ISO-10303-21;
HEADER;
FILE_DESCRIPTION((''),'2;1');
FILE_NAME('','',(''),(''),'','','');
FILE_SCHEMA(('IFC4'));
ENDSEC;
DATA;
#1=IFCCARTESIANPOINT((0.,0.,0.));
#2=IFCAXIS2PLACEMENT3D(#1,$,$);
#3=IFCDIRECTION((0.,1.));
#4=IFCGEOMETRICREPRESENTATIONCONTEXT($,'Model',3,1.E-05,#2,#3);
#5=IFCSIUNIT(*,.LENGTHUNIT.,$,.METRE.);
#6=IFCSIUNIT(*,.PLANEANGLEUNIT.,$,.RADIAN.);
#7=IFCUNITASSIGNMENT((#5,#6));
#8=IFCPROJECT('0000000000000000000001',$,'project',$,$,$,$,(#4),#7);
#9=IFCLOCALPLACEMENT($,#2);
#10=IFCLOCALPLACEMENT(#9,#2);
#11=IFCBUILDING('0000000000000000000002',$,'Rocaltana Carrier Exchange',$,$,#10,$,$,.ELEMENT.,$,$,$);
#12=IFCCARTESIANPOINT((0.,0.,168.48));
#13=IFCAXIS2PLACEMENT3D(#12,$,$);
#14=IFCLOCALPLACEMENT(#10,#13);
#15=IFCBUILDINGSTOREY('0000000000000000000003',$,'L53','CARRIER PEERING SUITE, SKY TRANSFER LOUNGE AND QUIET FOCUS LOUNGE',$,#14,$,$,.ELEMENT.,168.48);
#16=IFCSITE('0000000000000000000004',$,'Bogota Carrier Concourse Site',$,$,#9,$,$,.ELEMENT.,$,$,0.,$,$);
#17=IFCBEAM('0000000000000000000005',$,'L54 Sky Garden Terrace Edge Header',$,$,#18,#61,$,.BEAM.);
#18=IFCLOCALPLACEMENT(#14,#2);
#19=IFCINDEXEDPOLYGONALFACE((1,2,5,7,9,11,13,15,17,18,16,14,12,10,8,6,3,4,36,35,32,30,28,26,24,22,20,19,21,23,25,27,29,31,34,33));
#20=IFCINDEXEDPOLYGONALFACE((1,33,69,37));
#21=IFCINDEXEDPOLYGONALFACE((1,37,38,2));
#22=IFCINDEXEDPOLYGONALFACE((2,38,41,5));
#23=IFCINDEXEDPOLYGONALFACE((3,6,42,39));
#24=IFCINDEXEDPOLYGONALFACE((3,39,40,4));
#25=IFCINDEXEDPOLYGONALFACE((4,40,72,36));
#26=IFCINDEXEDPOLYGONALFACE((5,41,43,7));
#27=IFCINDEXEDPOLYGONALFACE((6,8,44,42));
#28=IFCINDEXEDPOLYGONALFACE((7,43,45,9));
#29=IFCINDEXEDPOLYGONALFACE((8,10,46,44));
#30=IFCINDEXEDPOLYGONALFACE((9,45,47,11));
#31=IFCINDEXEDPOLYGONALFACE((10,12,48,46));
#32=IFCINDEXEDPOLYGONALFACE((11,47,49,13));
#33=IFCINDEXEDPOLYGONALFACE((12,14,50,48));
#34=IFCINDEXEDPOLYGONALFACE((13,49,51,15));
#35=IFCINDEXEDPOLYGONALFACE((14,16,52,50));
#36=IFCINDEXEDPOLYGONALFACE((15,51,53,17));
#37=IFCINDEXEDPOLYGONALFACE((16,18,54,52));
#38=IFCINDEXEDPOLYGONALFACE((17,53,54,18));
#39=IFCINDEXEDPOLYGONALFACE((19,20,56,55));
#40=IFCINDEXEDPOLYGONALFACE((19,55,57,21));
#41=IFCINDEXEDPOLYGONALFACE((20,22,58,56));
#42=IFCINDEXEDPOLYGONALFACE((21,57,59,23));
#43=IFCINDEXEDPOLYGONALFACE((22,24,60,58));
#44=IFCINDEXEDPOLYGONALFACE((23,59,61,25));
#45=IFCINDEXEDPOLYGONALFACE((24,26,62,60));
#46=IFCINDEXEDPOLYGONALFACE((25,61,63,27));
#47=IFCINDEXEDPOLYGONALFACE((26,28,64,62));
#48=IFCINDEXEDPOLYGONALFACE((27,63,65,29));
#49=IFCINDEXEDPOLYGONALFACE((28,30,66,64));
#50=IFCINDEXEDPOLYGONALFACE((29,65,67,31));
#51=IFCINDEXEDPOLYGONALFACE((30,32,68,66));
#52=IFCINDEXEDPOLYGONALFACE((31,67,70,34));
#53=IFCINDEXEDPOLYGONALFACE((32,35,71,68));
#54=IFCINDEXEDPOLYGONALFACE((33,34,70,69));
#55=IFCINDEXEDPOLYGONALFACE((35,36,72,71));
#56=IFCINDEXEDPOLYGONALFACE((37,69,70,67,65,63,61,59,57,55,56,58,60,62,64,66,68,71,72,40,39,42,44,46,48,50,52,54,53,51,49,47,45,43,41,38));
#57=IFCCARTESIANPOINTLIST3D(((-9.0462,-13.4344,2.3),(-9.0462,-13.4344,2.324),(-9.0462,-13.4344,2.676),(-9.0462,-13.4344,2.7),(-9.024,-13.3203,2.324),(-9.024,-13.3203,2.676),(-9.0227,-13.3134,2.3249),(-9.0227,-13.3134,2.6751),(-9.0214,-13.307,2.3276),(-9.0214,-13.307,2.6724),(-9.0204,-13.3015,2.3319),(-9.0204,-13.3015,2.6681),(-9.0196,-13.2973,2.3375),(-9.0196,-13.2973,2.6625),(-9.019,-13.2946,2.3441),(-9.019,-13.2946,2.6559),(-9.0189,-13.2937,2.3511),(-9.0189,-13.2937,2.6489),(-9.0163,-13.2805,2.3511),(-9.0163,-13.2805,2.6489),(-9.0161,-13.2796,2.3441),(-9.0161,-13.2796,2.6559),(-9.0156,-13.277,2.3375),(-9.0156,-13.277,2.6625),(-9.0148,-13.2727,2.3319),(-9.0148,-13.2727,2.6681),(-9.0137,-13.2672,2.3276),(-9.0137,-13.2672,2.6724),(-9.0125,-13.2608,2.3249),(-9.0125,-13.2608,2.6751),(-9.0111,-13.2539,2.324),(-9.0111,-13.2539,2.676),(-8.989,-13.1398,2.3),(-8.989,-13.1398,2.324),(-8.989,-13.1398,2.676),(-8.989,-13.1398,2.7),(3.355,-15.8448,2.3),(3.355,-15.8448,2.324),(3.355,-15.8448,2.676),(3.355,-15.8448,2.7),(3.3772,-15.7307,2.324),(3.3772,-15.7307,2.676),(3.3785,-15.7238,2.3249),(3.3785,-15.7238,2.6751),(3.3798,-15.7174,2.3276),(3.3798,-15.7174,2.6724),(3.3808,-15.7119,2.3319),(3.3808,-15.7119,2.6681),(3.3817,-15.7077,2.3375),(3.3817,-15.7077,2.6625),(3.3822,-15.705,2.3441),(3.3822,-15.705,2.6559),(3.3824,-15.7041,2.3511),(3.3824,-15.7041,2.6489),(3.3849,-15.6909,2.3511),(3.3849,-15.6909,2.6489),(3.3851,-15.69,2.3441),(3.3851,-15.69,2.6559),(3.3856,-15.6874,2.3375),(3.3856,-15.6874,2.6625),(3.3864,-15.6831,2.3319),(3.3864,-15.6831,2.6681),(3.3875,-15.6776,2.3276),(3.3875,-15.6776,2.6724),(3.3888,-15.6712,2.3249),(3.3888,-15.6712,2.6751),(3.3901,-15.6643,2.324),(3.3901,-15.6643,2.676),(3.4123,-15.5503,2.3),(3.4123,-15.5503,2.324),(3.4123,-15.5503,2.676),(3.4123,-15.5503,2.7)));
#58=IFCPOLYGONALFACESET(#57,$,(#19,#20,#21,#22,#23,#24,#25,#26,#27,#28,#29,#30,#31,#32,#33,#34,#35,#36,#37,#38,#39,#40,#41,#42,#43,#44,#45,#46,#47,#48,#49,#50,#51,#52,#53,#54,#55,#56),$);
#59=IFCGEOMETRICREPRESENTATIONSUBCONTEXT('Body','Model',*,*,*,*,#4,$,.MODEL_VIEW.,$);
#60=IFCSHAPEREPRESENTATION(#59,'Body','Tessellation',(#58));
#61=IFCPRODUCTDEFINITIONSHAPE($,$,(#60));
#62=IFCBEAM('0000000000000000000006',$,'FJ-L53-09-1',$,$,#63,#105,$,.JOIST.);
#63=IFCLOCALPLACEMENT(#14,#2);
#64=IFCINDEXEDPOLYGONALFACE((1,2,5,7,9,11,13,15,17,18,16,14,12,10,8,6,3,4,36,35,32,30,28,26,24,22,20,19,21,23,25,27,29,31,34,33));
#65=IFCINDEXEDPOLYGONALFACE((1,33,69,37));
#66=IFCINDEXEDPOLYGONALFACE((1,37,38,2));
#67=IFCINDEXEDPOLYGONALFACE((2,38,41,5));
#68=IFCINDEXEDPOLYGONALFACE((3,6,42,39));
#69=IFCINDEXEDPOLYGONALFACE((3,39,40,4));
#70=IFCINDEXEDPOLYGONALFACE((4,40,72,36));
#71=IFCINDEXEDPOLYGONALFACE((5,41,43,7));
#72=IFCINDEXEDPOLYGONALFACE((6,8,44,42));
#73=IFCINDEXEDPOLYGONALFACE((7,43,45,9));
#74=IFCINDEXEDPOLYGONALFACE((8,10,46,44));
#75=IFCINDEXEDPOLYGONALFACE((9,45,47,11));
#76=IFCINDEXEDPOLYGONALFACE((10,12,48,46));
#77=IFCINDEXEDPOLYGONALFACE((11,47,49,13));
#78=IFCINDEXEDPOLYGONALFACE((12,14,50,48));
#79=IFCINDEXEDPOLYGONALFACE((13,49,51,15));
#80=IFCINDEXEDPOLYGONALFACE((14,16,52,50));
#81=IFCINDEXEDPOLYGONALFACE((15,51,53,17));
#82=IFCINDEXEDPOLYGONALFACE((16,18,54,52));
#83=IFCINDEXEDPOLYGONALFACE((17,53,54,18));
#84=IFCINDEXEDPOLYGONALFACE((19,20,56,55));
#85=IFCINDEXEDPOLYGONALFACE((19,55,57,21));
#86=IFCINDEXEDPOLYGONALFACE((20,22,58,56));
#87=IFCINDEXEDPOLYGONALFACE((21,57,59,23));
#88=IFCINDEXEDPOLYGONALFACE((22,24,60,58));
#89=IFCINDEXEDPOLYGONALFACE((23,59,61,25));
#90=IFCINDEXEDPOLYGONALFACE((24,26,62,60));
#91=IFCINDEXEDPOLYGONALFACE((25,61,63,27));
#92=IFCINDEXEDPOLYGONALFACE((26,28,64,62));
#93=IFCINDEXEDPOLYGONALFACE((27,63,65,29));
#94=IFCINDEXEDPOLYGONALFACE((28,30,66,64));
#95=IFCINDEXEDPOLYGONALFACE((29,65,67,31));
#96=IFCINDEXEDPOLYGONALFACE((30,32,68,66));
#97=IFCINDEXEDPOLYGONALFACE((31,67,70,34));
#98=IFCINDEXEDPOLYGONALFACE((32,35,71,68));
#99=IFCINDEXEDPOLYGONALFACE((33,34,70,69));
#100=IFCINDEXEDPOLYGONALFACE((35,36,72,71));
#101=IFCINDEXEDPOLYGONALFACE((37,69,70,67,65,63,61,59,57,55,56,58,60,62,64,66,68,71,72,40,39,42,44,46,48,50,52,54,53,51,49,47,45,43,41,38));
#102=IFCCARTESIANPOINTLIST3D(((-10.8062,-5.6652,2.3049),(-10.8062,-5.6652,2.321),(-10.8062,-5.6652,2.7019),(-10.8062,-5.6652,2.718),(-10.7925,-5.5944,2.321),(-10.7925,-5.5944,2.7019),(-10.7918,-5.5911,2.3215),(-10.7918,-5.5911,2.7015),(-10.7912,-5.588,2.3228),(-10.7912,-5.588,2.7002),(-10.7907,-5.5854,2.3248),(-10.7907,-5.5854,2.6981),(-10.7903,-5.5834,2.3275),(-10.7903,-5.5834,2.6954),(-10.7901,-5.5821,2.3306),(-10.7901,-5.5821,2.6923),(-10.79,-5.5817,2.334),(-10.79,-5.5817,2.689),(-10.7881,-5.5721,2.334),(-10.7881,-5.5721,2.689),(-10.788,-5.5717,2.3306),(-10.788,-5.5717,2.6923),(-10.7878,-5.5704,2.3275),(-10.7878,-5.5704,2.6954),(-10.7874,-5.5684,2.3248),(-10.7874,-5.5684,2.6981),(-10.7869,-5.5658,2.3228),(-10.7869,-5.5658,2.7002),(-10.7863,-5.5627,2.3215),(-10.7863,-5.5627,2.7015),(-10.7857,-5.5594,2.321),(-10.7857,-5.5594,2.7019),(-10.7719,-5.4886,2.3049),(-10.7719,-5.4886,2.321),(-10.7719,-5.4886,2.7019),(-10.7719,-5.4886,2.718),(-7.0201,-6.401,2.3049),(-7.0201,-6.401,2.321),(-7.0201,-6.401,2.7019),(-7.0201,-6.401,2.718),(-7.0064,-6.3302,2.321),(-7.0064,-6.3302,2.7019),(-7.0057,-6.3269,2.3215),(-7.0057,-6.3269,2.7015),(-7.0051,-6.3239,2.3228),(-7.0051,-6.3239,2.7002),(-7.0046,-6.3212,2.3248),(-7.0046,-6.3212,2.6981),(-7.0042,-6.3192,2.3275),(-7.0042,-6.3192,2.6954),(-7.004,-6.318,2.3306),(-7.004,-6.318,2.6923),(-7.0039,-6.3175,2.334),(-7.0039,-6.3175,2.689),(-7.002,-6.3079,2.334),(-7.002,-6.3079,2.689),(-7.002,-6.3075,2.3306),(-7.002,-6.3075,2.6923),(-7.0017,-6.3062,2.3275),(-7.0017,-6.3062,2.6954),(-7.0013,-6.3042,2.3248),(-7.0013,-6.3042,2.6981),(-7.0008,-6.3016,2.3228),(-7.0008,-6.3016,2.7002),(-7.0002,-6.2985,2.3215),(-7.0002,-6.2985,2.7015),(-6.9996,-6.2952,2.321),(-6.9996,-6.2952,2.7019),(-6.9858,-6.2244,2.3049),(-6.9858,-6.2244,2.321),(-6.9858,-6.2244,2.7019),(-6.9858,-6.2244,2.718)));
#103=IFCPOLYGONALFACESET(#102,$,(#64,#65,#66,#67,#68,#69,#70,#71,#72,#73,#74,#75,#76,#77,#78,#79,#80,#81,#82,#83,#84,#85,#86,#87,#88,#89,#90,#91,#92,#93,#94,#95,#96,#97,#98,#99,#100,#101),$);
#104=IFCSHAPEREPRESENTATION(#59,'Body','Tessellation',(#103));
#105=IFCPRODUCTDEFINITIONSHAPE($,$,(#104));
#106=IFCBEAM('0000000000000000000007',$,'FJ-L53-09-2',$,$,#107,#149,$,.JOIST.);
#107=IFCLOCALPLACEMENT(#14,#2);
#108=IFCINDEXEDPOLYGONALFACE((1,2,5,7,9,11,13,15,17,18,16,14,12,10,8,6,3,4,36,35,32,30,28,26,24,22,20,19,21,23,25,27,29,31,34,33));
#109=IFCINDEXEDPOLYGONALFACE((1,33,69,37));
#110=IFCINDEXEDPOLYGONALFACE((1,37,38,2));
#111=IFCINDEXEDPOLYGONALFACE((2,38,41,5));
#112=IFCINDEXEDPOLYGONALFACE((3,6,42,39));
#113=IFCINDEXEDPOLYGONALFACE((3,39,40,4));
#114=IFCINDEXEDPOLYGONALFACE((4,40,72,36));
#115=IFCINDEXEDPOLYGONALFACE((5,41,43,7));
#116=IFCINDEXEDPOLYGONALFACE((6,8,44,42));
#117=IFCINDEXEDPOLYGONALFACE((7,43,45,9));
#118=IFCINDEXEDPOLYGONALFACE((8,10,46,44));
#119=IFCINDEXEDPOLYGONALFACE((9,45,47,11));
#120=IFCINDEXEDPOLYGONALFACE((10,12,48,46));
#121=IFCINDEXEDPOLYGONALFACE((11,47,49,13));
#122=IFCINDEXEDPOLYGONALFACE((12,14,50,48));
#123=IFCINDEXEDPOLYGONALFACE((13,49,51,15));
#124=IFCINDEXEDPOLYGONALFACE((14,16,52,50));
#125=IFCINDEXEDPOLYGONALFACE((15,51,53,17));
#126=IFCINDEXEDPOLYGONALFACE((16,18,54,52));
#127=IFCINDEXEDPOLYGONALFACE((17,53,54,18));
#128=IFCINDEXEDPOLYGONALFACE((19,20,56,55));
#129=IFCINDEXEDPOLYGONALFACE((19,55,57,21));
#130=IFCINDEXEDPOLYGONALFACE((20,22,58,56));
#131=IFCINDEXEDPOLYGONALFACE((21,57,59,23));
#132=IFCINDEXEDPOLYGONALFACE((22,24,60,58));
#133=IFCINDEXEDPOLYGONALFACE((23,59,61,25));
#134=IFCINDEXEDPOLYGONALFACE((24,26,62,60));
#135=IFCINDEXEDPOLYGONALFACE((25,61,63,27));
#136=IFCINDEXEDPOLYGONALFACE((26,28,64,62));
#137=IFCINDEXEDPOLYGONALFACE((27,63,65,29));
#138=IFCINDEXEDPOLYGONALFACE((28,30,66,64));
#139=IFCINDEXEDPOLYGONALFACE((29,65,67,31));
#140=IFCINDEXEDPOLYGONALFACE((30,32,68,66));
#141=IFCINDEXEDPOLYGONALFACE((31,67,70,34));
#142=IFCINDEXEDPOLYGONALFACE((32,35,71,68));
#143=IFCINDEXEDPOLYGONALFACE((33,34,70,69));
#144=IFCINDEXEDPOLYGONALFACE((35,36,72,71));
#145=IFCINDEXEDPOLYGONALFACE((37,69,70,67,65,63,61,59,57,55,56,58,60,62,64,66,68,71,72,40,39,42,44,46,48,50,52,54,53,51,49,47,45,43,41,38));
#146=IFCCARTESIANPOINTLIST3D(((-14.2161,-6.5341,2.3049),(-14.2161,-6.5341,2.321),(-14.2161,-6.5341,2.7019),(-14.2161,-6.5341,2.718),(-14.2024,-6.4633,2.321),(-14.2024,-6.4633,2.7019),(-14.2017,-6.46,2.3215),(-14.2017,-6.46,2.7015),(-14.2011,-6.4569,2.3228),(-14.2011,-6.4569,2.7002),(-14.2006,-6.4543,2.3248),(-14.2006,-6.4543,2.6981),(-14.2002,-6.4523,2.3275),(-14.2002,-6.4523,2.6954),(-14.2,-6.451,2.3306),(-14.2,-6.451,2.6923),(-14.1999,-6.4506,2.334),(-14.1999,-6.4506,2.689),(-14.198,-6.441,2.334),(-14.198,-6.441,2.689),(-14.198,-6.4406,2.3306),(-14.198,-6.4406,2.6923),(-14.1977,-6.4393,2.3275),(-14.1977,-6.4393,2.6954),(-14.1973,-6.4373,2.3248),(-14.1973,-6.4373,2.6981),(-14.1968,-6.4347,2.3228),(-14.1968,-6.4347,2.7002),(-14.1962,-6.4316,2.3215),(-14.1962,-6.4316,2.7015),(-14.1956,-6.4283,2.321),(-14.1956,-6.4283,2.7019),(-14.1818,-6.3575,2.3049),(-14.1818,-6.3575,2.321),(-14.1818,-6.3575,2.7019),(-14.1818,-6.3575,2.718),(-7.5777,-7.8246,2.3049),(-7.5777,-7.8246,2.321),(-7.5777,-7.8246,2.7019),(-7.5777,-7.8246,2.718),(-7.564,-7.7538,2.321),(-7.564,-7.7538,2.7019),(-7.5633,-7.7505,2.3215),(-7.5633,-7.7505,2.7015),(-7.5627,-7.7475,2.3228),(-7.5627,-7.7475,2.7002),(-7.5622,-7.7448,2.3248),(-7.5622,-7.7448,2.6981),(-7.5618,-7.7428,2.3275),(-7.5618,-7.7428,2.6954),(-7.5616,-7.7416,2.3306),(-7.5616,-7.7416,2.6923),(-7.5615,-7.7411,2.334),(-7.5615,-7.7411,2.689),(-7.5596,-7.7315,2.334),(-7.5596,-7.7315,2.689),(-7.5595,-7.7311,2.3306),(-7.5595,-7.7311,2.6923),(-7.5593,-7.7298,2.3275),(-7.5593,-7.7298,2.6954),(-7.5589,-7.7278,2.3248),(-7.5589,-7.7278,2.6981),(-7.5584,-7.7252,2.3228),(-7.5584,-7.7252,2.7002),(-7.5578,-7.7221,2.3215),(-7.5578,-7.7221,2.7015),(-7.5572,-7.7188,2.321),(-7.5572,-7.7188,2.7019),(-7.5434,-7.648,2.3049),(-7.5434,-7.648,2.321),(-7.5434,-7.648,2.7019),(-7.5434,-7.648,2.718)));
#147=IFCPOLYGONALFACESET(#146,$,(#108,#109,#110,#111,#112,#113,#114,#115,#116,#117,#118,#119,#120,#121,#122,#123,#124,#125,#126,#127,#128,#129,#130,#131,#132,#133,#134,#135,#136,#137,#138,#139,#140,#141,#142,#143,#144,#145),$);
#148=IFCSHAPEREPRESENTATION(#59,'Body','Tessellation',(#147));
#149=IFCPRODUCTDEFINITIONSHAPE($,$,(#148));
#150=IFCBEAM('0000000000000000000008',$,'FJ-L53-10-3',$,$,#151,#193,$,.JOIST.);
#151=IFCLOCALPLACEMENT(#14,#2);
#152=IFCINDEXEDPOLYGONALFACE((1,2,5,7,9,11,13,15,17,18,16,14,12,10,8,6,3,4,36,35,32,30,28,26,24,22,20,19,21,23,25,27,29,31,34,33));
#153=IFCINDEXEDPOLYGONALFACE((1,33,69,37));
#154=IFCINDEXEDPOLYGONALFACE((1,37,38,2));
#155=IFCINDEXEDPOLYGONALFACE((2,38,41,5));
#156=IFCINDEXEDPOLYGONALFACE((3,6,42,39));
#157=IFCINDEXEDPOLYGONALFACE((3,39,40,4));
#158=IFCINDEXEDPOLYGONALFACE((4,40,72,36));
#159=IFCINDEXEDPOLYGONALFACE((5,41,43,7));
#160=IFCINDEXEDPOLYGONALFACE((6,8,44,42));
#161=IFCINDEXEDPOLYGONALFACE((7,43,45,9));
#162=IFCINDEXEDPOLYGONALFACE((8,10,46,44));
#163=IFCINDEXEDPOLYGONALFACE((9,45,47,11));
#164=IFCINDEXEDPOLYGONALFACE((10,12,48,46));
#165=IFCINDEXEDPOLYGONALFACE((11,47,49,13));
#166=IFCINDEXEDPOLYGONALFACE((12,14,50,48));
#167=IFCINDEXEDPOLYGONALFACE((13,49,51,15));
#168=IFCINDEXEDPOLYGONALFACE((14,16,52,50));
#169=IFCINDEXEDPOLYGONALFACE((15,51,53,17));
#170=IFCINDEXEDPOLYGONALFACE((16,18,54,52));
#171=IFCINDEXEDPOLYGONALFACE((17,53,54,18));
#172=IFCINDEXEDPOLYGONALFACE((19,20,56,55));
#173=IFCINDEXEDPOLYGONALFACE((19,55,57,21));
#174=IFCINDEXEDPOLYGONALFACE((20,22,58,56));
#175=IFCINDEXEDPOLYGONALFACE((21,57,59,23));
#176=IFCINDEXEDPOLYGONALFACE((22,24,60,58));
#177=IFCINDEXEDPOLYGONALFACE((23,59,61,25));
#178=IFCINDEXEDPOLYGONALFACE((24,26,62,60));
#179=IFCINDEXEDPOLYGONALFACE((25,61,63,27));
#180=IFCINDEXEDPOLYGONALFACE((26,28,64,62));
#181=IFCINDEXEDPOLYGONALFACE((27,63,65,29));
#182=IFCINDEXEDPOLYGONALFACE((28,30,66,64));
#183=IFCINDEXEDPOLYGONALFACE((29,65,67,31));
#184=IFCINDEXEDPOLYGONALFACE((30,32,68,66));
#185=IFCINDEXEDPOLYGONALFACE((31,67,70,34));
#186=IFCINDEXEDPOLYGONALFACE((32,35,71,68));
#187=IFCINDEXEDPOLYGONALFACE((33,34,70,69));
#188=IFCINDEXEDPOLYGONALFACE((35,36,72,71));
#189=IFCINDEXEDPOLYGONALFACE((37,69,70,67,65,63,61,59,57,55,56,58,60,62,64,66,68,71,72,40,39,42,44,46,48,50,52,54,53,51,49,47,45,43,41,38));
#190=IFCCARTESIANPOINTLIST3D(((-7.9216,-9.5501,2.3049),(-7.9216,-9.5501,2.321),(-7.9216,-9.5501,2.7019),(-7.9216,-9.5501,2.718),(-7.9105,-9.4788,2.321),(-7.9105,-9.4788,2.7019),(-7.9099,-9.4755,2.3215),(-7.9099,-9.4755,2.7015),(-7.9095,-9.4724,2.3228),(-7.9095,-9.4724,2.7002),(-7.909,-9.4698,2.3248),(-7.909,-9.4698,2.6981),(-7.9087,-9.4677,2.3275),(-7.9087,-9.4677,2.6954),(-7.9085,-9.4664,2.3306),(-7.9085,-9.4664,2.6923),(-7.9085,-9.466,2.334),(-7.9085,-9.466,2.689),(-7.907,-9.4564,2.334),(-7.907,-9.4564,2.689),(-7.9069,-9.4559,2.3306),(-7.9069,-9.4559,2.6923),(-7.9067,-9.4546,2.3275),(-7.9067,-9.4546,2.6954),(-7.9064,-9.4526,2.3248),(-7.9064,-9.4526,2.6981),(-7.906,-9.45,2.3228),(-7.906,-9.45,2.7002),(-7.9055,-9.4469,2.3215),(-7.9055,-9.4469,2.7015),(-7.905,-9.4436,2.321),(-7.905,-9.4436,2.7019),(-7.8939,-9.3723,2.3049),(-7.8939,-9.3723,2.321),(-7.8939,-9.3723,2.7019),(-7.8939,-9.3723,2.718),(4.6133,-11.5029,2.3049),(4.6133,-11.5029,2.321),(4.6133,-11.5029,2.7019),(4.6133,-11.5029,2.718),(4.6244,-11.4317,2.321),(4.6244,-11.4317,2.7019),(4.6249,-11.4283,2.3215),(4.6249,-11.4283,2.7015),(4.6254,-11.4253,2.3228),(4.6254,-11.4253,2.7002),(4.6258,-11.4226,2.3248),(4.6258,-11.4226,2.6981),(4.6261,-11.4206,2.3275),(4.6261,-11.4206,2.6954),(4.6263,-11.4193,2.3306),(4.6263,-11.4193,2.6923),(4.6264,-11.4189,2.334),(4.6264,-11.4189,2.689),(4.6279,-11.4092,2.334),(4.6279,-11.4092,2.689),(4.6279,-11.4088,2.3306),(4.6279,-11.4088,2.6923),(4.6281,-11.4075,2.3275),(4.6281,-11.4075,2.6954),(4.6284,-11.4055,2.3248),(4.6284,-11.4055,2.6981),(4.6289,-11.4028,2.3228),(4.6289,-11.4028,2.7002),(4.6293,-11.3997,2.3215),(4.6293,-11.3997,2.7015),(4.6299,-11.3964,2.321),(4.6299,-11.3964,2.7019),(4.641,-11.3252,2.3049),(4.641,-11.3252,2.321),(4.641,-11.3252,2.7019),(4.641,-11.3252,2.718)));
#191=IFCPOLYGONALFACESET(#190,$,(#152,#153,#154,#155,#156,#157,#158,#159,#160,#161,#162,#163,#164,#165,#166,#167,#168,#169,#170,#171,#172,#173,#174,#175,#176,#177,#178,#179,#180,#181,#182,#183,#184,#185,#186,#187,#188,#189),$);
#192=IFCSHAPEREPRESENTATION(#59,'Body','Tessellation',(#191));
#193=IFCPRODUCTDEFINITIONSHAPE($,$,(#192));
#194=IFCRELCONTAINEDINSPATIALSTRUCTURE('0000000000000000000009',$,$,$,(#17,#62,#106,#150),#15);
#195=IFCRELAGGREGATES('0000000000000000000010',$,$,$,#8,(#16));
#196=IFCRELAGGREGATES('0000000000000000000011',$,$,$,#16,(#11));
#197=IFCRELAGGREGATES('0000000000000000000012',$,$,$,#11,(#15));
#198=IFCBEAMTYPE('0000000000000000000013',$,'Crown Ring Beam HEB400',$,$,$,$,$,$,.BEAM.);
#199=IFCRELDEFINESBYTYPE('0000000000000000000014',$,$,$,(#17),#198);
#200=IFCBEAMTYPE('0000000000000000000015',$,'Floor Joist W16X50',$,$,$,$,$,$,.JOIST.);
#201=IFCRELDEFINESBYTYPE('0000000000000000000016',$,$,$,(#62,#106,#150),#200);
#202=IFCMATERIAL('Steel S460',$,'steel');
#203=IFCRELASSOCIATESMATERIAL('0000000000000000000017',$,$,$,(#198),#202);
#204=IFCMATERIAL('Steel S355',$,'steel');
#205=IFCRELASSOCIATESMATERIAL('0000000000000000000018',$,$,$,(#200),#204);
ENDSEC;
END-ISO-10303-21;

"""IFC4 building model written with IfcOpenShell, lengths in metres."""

from ifc_helpers import new_model, si_unit, direction, frame, origin, origin_2d, place, context, subcontext, project, spatial, i_section, extrude, material, material_profile, profile_set, type_object, element, save


model = new_model("IFC4")

# Units and contexts
model_context = context("Model", 3, precision=1e-05, world=origin(), true_north=direction((0.0, 1.0)))
body_context = subcontext(model_context, "Body", "Model", "MODEL_VIEW")
ifc_project = project(units=[si_unit("LENGTHUNIT", "METRE"), si_unit("PLANEANGLEUNIT", "RADIAN")], contexts=[model_context])

# Site, building, storey
site_placement = place(None, origin())
site = spatial("IfcSite", under=ifc_project, at=site_placement, Name="Bogota Carrier Concourse Site", CompositionType="ELEMENT", RefElevation=0.0)
building_placement = place(site_placement, origin())
building = spatial("IfcBuilding", under=site, at=building_placement, Name="Rocaltana Carrier Exchange", CompositionType="ELEMENT")
storey_placement = place(building_placement, frame((0.0, 0.0, 168.48)))
storey = spatial("IfcBuildingStorey", under=building, at=storey_placement, Name="L53", Description="CARRIER PEERING SUITE, SKY TRANSFER LOUNGE AND QUIET FOCUS LOUNGE", CompositionType="ELEMENT", Elevation=168.48)

# Beams
ifc_material_1 = material(Name="Steel S460", Category="steel")
ifc_material_profile_1 = material_profile(ifc_material_1, i_section(OverallWidth=0.3, OverallDepth=0.3999, WebThickness=0.0134, FlangeThickness=0.0239, FilletRadius=0.0271, at=origin_2d()), Name="HEB400")
ifc_profile_set_1 = profile_set([ifc_material_profile_1], Name="Steel S460")
beam_type_1 = type_object("IfcBeamType", Name="Crown Ring Beam HEB400", PredefinedType="BEAM", material=ifc_profile_set_1)
beam_1_placement = place(storey_placement, frame((-9.0176, -13.2871, 2.5), z_axis=(0.981629, -0.190799, 0.0), x_axis=(0.190799, 0.981629, 0.0)))
element("IfcBeam", 1, at=beam_1_placement, inside=storey, type_object=beam_type_1, Name="L54 Sky Garden Terrace Edge Header", PredefinedType="BEAM", context=body_context, shape_type="SweptSolid", body=[
    extrude(i_section(OverallWidth=0.3, OverallDepth=0.3999, WebThickness=0.0134, FlangeThickness=0.0239, FilletRadius=0.0271, at=origin_2d()), origin(), (0.0, 0.0, 1.0), 12.6333),
])
ifc_material_2 = material(Name="Steel S355", Category="steel")
ifc_material_profile_2 = material_profile(ifc_material_2, i_section(OverallWidth=0.1799, OverallDepth=0.4131, WebThickness=0.0098, FlangeThickness=0.0161, FilletRadius=0.0129, at=origin_2d()), Name="W16X50")
ifc_profile_set_2 = profile_set([ifc_material_profile_2], Name="Steel S355")
beam_type_2 = type_object("IfcBeamType", Name="Floor Joist W16X50", PredefinedType="JOIST", material=ifc_profile_set_2)
beam_2_placement = place(storey_placement, frame((-10.7891, -5.5769, 2.5115), z_axis=(0.981633, -0.190782, 0.0), x_axis=(0.190782, 0.981633, 0.0)))
element("IfcBeam", 2, at=beam_2_placement, inside=storey, type_object=beam_type_2, Name="FJ-L53-09-1", PredefinedType="JOIST", context=body_context, shape_type="SweptSolid", body=[
    extrude(i_section(OverallWidth=0.1799, OverallDepth=0.4131, WebThickness=0.0098, FlangeThickness=0.0161, FilletRadius=0.0129, at=origin_2d()), origin(), (0.0, 0.0, 1.0), 3.8569),
])
beam_3_placement = place(storey_placement, frame((-14.199, -6.4458, 2.5115), z_axis=(0.981623, -0.19083, 0.0), x_axis=(0.19083, 0.981623, 0.0)))
element("IfcBeam", 3, at=beam_3_placement, inside=storey, type_object=beam_type_2, Name="FJ-L53-09-2", PredefinedType="JOIST", context=body_context, shape_type="SweptSolid", body=[
    extrude(i_section(OverallWidth=0.1799, OverallDepth=0.4131, WebThickness=0.0098, FlangeThickness=0.0161, FilletRadius=0.0129, at=origin_2d()), origin(), (0.0, 0.0, 1.0), 6.7627),
])
beam_4_placement = place(storey_placement, frame((-7.9077, -9.4612, 2.5115), z_axis=(0.98808, -0.153938, 0.0), x_axis=(0.153938, 0.98808, 0.0)))
element("IfcBeam", 4, at=beam_4_placement, inside=storey, type_object=beam_type_2, Name="FJ-L53-10-3", PredefinedType="JOIST", context=body_context, shape_type="SweptSolid", body=[
    extrude(i_section(OverallWidth=0.1799, OverallDepth=0.4131, WebThickness=0.0098, FlangeThickness=0.0161, FilletRadius=0.0129, at=origin_2d()), origin(), (0.0, 0.0, 1.0), 12.686),
])

save(model, "model.ifc")
